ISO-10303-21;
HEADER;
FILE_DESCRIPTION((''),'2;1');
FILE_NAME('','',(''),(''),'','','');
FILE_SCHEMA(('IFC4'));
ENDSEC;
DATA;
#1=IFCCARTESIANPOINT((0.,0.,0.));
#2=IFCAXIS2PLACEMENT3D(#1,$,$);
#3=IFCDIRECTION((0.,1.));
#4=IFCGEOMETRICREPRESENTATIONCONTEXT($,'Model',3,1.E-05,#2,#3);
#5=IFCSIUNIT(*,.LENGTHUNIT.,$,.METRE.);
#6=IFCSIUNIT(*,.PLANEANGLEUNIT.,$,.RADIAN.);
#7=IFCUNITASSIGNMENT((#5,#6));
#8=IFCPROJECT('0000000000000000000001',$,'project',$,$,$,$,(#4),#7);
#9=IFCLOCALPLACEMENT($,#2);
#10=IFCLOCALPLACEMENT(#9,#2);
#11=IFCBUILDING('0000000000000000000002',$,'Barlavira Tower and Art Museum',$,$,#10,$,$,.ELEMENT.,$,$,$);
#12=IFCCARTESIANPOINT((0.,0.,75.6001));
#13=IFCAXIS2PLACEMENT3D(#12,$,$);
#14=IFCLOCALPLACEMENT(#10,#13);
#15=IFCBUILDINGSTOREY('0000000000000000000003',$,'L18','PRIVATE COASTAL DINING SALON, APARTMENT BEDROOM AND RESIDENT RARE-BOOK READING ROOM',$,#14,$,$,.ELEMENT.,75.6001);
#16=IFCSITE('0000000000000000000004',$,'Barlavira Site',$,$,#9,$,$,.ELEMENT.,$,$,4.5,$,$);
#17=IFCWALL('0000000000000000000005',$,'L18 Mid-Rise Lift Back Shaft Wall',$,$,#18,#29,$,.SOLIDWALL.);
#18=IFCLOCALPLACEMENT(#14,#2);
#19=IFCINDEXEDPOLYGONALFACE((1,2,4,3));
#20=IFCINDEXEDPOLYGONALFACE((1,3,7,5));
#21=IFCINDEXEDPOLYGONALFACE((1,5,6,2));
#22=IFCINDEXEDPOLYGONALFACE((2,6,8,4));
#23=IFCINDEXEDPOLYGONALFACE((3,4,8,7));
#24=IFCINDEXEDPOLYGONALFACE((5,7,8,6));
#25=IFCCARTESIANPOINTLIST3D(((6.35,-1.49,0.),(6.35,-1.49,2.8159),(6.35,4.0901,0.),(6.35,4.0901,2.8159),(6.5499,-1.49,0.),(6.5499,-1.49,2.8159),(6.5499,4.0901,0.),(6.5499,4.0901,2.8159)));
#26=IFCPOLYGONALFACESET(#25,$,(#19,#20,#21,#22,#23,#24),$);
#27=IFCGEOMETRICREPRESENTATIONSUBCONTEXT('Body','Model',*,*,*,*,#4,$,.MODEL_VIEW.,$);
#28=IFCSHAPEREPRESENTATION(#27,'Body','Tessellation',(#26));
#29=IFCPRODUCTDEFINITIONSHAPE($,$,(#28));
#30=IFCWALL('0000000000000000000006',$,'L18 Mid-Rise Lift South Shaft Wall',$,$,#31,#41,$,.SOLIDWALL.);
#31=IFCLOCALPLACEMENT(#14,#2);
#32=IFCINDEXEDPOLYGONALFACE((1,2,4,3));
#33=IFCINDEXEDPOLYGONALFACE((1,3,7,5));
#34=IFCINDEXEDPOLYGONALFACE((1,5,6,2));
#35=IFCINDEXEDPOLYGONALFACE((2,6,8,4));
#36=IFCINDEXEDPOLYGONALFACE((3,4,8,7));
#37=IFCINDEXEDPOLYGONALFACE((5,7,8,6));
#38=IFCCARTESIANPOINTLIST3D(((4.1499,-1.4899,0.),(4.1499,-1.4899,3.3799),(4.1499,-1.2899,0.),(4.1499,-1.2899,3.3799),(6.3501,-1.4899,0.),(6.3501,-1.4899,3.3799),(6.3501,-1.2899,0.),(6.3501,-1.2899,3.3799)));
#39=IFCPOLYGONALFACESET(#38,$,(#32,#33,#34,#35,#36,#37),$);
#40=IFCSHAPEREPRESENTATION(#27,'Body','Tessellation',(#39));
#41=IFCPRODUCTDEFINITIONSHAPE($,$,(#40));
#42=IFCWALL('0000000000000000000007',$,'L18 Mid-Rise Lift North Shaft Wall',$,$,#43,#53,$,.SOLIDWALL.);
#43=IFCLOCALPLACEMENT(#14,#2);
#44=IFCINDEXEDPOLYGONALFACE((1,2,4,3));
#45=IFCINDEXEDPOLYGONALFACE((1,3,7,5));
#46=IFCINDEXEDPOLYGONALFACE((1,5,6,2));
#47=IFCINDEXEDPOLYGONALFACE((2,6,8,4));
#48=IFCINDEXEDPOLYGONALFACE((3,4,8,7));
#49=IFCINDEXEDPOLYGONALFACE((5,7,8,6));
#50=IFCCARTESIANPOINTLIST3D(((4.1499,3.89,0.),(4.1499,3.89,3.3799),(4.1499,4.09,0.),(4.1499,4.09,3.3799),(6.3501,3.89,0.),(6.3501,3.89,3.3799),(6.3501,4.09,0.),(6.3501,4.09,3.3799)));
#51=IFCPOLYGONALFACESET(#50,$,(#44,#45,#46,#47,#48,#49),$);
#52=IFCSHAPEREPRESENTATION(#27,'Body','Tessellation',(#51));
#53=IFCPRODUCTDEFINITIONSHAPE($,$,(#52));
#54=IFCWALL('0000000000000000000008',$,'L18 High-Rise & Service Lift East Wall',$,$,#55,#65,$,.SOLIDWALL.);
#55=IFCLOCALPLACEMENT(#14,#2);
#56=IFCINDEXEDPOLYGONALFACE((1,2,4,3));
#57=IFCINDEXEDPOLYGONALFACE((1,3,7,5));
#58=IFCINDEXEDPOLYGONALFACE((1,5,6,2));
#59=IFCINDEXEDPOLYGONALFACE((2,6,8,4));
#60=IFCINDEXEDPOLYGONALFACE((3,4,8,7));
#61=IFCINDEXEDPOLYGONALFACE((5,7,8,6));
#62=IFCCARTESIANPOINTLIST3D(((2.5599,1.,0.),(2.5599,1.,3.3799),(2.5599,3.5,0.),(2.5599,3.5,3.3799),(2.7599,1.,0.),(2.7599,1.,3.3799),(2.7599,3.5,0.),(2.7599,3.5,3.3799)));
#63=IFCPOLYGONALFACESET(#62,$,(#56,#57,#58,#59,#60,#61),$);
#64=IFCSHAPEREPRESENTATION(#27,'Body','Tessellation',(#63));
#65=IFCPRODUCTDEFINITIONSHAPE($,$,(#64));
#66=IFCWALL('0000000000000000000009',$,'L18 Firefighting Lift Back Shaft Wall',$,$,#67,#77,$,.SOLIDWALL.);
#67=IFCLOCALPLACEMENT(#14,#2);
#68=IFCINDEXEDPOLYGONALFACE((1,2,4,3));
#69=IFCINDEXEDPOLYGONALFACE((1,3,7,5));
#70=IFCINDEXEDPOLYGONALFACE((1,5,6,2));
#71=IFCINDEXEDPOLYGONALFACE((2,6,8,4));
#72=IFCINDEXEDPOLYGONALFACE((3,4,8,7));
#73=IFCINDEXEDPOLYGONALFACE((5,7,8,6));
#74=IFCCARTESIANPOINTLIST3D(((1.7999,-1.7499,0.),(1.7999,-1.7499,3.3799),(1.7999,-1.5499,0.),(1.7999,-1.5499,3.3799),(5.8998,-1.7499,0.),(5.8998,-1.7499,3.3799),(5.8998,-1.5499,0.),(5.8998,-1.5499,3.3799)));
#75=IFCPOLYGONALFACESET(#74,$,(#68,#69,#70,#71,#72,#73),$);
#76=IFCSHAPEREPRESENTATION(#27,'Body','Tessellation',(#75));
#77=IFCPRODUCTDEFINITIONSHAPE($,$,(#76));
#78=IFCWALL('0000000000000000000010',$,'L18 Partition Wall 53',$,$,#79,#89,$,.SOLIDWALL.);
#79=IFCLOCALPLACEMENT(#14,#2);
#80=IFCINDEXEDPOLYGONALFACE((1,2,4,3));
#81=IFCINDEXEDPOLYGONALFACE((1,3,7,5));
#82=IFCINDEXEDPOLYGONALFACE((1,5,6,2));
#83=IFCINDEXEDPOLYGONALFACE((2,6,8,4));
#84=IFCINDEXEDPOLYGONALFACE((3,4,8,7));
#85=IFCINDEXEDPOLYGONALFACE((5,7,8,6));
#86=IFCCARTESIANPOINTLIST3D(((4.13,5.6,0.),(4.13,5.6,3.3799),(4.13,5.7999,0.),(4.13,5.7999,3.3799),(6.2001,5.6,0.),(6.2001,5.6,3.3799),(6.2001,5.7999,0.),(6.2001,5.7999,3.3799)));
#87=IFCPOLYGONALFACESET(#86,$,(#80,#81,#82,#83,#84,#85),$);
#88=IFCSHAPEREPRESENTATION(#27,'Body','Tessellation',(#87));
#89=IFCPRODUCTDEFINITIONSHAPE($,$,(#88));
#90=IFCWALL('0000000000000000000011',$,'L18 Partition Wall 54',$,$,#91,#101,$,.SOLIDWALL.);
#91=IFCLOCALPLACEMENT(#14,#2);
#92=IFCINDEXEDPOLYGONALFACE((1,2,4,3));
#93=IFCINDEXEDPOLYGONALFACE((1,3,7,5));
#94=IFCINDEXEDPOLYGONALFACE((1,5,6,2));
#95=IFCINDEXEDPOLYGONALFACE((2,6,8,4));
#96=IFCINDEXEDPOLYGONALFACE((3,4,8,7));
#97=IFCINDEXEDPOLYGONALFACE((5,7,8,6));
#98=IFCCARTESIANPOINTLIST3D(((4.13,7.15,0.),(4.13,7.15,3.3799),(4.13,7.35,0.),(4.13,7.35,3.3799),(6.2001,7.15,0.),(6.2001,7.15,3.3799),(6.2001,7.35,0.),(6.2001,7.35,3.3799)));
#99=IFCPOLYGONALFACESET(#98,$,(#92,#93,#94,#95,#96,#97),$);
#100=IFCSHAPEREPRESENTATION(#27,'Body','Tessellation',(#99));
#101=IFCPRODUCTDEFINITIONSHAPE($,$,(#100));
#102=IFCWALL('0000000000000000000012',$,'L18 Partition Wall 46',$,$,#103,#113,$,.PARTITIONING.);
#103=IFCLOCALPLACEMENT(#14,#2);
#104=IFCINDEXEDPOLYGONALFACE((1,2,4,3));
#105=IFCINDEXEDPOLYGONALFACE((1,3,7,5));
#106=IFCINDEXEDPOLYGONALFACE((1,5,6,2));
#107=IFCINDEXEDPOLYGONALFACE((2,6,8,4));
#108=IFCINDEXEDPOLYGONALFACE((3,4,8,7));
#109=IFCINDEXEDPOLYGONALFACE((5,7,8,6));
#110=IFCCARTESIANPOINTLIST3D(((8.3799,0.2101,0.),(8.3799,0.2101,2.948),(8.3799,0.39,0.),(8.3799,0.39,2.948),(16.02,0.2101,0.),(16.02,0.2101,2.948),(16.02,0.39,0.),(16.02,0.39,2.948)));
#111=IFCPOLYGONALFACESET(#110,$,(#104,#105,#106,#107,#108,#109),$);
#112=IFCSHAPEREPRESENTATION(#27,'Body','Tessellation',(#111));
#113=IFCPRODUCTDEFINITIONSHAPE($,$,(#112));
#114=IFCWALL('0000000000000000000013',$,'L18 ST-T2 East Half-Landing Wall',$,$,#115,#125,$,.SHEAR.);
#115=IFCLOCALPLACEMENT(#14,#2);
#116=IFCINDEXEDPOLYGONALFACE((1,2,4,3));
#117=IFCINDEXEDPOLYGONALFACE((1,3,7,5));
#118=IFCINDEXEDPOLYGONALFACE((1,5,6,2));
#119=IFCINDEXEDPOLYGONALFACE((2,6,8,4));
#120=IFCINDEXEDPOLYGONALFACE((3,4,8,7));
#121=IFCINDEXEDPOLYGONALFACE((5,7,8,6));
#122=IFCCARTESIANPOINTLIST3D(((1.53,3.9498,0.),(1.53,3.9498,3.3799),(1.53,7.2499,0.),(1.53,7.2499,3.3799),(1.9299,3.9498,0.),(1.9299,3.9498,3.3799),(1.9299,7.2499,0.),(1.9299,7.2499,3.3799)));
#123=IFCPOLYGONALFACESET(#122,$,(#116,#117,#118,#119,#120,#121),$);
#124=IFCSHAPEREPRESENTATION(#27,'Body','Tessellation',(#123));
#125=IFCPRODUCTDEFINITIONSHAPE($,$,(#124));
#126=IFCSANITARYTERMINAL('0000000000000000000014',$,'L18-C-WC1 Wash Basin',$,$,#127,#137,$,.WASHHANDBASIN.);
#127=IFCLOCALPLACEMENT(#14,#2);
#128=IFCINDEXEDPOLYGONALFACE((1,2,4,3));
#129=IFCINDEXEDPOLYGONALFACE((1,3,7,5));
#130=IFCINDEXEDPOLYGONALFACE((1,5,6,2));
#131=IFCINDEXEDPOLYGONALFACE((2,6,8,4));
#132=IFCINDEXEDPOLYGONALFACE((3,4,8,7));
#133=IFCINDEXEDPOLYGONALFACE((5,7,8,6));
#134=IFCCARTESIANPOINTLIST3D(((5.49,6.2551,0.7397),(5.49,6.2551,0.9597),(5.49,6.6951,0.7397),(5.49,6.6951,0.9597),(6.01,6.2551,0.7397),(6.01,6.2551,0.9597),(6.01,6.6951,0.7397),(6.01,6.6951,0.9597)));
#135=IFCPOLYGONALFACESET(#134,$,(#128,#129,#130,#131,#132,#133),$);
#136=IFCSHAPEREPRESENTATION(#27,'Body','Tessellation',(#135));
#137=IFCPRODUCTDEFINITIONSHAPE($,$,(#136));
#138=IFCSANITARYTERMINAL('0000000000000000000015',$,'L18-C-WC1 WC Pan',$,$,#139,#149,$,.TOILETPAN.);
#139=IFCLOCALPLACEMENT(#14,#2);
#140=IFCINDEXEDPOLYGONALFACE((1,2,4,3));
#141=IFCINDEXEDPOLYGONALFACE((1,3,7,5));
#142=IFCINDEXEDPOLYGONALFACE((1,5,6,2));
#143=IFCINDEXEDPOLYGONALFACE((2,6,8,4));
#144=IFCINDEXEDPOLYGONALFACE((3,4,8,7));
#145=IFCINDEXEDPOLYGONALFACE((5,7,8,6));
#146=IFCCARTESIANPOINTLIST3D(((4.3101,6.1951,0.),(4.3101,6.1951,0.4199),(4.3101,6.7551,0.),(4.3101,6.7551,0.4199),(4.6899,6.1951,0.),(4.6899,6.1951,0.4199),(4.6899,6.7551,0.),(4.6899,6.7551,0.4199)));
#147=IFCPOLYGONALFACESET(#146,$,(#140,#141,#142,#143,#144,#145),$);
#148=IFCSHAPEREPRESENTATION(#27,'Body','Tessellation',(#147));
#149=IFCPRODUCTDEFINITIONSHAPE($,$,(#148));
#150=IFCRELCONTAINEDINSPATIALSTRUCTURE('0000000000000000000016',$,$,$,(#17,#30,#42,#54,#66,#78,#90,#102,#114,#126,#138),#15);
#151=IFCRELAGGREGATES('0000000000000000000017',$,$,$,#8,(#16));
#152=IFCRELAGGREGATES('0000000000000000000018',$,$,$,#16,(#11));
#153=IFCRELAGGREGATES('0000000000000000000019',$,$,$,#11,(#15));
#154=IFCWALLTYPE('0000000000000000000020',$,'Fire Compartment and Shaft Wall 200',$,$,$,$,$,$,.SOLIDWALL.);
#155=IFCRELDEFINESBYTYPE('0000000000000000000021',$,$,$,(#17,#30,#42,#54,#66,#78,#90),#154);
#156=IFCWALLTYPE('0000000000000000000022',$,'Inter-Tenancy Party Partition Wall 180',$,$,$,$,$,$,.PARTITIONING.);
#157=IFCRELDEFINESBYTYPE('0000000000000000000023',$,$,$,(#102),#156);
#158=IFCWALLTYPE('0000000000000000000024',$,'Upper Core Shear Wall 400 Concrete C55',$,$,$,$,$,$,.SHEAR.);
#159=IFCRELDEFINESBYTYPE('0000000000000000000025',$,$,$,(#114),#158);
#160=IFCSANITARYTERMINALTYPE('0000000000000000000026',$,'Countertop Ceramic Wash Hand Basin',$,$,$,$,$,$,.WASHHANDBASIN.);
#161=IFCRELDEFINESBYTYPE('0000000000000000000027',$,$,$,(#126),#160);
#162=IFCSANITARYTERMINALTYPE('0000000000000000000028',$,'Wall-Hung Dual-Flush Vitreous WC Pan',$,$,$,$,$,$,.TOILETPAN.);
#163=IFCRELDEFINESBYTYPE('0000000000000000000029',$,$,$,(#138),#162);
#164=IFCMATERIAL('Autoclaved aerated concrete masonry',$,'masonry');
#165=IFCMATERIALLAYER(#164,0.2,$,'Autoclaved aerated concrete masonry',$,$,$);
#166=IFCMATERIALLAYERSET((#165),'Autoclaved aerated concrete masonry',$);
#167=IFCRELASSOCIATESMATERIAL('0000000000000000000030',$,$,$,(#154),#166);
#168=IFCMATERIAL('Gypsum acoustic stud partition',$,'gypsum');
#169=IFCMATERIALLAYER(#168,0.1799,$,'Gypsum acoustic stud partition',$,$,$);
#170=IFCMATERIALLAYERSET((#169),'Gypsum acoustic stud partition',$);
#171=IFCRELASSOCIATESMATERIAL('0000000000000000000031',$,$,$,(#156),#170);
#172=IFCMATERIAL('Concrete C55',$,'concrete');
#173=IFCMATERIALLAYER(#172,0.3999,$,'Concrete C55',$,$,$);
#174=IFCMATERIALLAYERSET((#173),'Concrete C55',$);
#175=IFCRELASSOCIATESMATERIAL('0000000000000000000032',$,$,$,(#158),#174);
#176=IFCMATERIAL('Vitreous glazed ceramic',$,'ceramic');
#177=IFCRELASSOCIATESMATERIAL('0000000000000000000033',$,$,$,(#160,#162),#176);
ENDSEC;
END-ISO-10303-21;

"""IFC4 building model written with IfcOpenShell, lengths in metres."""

from ifc_helpers import new_model, si_unit, direction, frame, frame_2d, origin, origin_2d, place, context, subcontext, project, spatial, rectangle, extrude, material, layer, layer_set, type_object, element, save


model = new_model("IFC4")

# Units and contexts
model_context = context("Model", 3, precision=1e-05, world=origin(), true_north=direction((0.0, 1.0)))
body_context = subcontext(model_context, "Body", "Model", "MODEL_VIEW")
ifc_project = project(units=[si_unit("LENGTHUNIT", "METRE"), si_unit("PLANEANGLEUNIT", "RADIAN")], contexts=[model_context])

# Site, building, storey
site_placement = place(None, origin())
site = spatial("IfcSite", under=ifc_project, at=site_placement, Name="Barlavira Site", CompositionType="ELEMENT", RefElevation=4.5)
building_placement = place(site_placement, origin())
building = spatial("IfcBuilding", under=site, at=building_placement, Name="Barlavira Tower and Art Museum", CompositionType="ELEMENT")
storey_placement = place(building_placement, frame((0.0, 0.0, 75.6001)))
storey = spatial("IfcBuildingStorey", under=building, at=storey_placement, Name="L18", Description="PRIVATE COASTAL DINING SALON, APARTMENT BEDROOM AND RESIDENT RARE-BOOK READING ROOM", CompositionType="ELEMENT", Elevation=75.6001)

# Shared definitions
ifc_material_1 = material(Name="Gypsum acoustic stud partition", Category="gypsum")

# Walls
ifc_material_2 = material(Name="Autoclaved aerated concrete masonry", Category="masonry")
ifc_layer_1 = layer(ifc_material_2, 0.2, Name="Autoclaved aerated concrete masonry")
ifc_layer_set_1 = layer_set([ifc_layer_1], Name="Autoclaved aerated concrete masonry")
wall_type_1 = type_object("IfcWallType", Name="Fire Compartment and Shaft Wall 200", PredefinedType="SOLIDWALL", material=ifc_layer_set_1)
wall_1_placement = place(storey_placement, frame((6.45, -1.49, 0.0), z_axis=(0.0, 0.0, 1.0), x_axis=(0.0, 1.0, 0.0)))
element("IfcWall", 1, at=wall_1_placement, inside=storey, type_object=wall_type_1, Name="L18 Mid-Rise Lift Back Shaft Wall", PredefinedType="SOLIDWALL", context=body_context, shape_type="SweptSolid", body=[
    extrude(rectangle(XDim=5.5801, YDim=0.2, at=frame_2d((2.79, 0.0))), origin(), (0.0, 0.0, 1.0), 2.8159),
])
for number, where, z_axis, x_axis, name in (
    (2, (4.1499, -1.3899, 0.0), (0.0, 0.0, 1.0), (1.0, 0.0, 0.0), "L18 Mid-Rise Lift South Shaft Wall"),
    (3, (4.1499, 3.99, 0.0), (0.0, 0.0, 1.0), (1.0, 0.0, 0.0), "L18 Mid-Rise Lift North Shaft Wall"),
):
    element("IfcWall", number, at=place(storey_placement, frame(where, z_axis=z_axis, x_axis=x_axis)), inside=storey, type_object=wall_type_1, Name=name, PredefinedType="SOLIDWALL", context=body_context, shape_type="SweptSolid", body=[
        extrude(rectangle(XDim=2.2002, YDim=0.2, at=frame_2d((1.1001, 0.0))), origin(), (0.0, 0.0, 1.0), 3.3799),
    ])
wall_2_placement = place(storey_placement, frame((2.6599, 1.0, 0.0), z_axis=(0.0, 0.0, 1.0), x_axis=(0.0, 1.0, 0.0)))
element("IfcWall", 4, at=wall_2_placement, inside=storey, type_object=wall_type_1, Name="L18 High-Rise & Service Lift East Wall", PredefinedType="SOLIDWALL", context=body_context, shape_type="SweptSolid", body=[
    extrude(rectangle(XDim=2.5, YDim=0.2, at=frame_2d((1.25, 0.0))), origin(), (0.0, 0.0, 1.0), 3.3799),
])
wall_3_placement = place(storey_placement, frame((1.8, -1.6499, 0.0), z_axis=(0.0, 0.0, 1.0), x_axis=(1.0, 0.0, 0.0)))
element("IfcWall", 5, at=wall_3_placement, inside=storey, type_object=wall_type_1, Name="L18 Firefighting Lift Back Shaft Wall", PredefinedType="SOLIDWALL", context=body_context, shape_type="SweptSolid", body=[
    extrude(rectangle(XDim=4.0999, YDim=0.2, at=frame_2d((2.0498, 0.0))), origin(), (0.0, 0.0, 1.0), 3.3799),
])

# Walls
for number, where, z_axis, x_axis, name in (
    (6, (4.1299, 5.7, 0.0), (0.0, 0.0, 1.0), (1.0, 0.0, 0.0), "L18 Partition Wall 53"),
    (7, (4.1299, 7.25, 0.0), (0.0, 0.0, 1.0), (1.0, 0.0, 0.0), "L18 Partition Wall 54"),
):
    element("IfcWall", number, at=place(storey_placement, frame(where, z_axis=z_axis, x_axis=x_axis)), inside=storey, type_object=wall_type_1, Name=name, PredefinedType="SOLIDWALL", context=body_context, shape_type="SweptSolid", body=[
        extrude(rectangle(XDim=2.0701, YDim=0.2, at=frame_2d((1.0352, 0.0))), origin(), (0.0, 0.0, 1.0), 3.3799),
    ])
ifc_layer_2 = layer(ifc_material_1, 0.1799, Name="Gypsum acoustic stud partition")
ifc_layer_set_2 = layer_set([ifc_layer_2], Name="Gypsum acoustic stud partition")
wall_type_2 = type_object("IfcWallType", Name="Inter-Tenancy Party Partition Wall 180", PredefinedType="PARTITIONING", material=ifc_layer_set_2)
wall_4_placement = place(storey_placement, frame((8.3799, 0.3, 0.0), z_axis=(0.0, 0.0, 1.0), x_axis=(1.0, 0.0, 0.0)))
element("IfcWall", 8, at=wall_4_placement, inside=storey, type_object=wall_type_2, Name="L18 Partition Wall 46", PredefinedType="PARTITIONING", context=body_context, shape_type="SweptSolid", body=[
    extrude(rectangle(XDim=7.6401, YDim=0.1799, at=frame_2d((3.8201, 0.0))), origin(), (0.0, 0.0, 1.0), 2.948),
])
ifc_material_3 = material(Name="Concrete C55", Category="concrete")
ifc_layer_3 = layer(ifc_material_3, 0.3999, Name="Concrete C55")
ifc_layer_set_3 = layer_set([ifc_layer_3], Name="Concrete C55")
wall_type_3 = type_object("IfcWallType", Name="Upper Core Shear Wall 400 Concrete C55", PredefinedType="SHEAR", material=ifc_layer_set_3)
wall_5_placement = place(storey_placement, frame((1.73, 3.95, 0.0), z_axis=(0.0, 0.0, 1.0), x_axis=(0.0, 1.0, 0.0)))
element("IfcWall", 9, at=wall_5_placement, inside=storey, type_object=wall_type_3, Name="L18 ST-T2 East Half-Landing Wall", PredefinedType="SHEAR", context=body_context, shape_type="SweptSolid", body=[
    extrude(rectangle(XDim=3.3, YDim=0.3999, at=frame_2d((1.6499, 0.0))), origin(), (0.0, 0.0, 1.0), 3.3799),
])

# Sanitary terminals
ifc_material_4 = material(Name="Vitreous glazed ceramic", Category="ceramic")
sanitary_terminal_type_1 = type_object("IfcSanitaryTerminalType", Name="Countertop Ceramic Wash Hand Basin", PredefinedType="WASHHANDBASIN", material=ifc_material_4)
sanitary_terminal_1_placement = place(storey_placement, frame((5.75, 6.4751, 0.7397), z_axis=(0.0, 0.0, 1.0), x_axis=(1.0, 0.0, 0.0)))
element("IfcSanitaryTerminal", 10, at=sanitary_terminal_1_placement, inside=storey, type_object=sanitary_terminal_type_1, Name="L18-C-WC1 Wash Basin", PredefinedType="WASHHANDBASIN", context=body_context, shape_type="SweptSolid", body=[
    extrude(rectangle(XDim=0.52, YDim=0.4399, at=origin_2d()), origin(), (0.0, 0.0, 1.0), 0.22),
])
sanitary_terminal_type_2 = type_object("IfcSanitaryTerminalType", Name="Wall-Hung Dual-Flush Vitreous WC Pan", PredefinedType="TOILETPAN", material=ifc_material_4)
sanitary_terminal_2_placement = place(storey_placement, frame((4.5, 6.4751, 0.0), z_axis=(0.0, 0.0, 1.0), x_axis=(1.0, 0.0, 0.0)))
element("IfcSanitaryTerminal", 11, at=sanitary_terminal_2_placement, inside=storey, type_object=sanitary_terminal_type_2, Name="L18-C-WC1 WC Pan", PredefinedType="TOILETPAN", context=body_context, shape_type="SweptSolid", body=[
    extrude(rectangle(XDim=0.3799, YDim=0.5601, at=origin_2d()), origin(), (0.0, 0.0, 1.0), 0.4199),
])

save(model, "model.ifc")
